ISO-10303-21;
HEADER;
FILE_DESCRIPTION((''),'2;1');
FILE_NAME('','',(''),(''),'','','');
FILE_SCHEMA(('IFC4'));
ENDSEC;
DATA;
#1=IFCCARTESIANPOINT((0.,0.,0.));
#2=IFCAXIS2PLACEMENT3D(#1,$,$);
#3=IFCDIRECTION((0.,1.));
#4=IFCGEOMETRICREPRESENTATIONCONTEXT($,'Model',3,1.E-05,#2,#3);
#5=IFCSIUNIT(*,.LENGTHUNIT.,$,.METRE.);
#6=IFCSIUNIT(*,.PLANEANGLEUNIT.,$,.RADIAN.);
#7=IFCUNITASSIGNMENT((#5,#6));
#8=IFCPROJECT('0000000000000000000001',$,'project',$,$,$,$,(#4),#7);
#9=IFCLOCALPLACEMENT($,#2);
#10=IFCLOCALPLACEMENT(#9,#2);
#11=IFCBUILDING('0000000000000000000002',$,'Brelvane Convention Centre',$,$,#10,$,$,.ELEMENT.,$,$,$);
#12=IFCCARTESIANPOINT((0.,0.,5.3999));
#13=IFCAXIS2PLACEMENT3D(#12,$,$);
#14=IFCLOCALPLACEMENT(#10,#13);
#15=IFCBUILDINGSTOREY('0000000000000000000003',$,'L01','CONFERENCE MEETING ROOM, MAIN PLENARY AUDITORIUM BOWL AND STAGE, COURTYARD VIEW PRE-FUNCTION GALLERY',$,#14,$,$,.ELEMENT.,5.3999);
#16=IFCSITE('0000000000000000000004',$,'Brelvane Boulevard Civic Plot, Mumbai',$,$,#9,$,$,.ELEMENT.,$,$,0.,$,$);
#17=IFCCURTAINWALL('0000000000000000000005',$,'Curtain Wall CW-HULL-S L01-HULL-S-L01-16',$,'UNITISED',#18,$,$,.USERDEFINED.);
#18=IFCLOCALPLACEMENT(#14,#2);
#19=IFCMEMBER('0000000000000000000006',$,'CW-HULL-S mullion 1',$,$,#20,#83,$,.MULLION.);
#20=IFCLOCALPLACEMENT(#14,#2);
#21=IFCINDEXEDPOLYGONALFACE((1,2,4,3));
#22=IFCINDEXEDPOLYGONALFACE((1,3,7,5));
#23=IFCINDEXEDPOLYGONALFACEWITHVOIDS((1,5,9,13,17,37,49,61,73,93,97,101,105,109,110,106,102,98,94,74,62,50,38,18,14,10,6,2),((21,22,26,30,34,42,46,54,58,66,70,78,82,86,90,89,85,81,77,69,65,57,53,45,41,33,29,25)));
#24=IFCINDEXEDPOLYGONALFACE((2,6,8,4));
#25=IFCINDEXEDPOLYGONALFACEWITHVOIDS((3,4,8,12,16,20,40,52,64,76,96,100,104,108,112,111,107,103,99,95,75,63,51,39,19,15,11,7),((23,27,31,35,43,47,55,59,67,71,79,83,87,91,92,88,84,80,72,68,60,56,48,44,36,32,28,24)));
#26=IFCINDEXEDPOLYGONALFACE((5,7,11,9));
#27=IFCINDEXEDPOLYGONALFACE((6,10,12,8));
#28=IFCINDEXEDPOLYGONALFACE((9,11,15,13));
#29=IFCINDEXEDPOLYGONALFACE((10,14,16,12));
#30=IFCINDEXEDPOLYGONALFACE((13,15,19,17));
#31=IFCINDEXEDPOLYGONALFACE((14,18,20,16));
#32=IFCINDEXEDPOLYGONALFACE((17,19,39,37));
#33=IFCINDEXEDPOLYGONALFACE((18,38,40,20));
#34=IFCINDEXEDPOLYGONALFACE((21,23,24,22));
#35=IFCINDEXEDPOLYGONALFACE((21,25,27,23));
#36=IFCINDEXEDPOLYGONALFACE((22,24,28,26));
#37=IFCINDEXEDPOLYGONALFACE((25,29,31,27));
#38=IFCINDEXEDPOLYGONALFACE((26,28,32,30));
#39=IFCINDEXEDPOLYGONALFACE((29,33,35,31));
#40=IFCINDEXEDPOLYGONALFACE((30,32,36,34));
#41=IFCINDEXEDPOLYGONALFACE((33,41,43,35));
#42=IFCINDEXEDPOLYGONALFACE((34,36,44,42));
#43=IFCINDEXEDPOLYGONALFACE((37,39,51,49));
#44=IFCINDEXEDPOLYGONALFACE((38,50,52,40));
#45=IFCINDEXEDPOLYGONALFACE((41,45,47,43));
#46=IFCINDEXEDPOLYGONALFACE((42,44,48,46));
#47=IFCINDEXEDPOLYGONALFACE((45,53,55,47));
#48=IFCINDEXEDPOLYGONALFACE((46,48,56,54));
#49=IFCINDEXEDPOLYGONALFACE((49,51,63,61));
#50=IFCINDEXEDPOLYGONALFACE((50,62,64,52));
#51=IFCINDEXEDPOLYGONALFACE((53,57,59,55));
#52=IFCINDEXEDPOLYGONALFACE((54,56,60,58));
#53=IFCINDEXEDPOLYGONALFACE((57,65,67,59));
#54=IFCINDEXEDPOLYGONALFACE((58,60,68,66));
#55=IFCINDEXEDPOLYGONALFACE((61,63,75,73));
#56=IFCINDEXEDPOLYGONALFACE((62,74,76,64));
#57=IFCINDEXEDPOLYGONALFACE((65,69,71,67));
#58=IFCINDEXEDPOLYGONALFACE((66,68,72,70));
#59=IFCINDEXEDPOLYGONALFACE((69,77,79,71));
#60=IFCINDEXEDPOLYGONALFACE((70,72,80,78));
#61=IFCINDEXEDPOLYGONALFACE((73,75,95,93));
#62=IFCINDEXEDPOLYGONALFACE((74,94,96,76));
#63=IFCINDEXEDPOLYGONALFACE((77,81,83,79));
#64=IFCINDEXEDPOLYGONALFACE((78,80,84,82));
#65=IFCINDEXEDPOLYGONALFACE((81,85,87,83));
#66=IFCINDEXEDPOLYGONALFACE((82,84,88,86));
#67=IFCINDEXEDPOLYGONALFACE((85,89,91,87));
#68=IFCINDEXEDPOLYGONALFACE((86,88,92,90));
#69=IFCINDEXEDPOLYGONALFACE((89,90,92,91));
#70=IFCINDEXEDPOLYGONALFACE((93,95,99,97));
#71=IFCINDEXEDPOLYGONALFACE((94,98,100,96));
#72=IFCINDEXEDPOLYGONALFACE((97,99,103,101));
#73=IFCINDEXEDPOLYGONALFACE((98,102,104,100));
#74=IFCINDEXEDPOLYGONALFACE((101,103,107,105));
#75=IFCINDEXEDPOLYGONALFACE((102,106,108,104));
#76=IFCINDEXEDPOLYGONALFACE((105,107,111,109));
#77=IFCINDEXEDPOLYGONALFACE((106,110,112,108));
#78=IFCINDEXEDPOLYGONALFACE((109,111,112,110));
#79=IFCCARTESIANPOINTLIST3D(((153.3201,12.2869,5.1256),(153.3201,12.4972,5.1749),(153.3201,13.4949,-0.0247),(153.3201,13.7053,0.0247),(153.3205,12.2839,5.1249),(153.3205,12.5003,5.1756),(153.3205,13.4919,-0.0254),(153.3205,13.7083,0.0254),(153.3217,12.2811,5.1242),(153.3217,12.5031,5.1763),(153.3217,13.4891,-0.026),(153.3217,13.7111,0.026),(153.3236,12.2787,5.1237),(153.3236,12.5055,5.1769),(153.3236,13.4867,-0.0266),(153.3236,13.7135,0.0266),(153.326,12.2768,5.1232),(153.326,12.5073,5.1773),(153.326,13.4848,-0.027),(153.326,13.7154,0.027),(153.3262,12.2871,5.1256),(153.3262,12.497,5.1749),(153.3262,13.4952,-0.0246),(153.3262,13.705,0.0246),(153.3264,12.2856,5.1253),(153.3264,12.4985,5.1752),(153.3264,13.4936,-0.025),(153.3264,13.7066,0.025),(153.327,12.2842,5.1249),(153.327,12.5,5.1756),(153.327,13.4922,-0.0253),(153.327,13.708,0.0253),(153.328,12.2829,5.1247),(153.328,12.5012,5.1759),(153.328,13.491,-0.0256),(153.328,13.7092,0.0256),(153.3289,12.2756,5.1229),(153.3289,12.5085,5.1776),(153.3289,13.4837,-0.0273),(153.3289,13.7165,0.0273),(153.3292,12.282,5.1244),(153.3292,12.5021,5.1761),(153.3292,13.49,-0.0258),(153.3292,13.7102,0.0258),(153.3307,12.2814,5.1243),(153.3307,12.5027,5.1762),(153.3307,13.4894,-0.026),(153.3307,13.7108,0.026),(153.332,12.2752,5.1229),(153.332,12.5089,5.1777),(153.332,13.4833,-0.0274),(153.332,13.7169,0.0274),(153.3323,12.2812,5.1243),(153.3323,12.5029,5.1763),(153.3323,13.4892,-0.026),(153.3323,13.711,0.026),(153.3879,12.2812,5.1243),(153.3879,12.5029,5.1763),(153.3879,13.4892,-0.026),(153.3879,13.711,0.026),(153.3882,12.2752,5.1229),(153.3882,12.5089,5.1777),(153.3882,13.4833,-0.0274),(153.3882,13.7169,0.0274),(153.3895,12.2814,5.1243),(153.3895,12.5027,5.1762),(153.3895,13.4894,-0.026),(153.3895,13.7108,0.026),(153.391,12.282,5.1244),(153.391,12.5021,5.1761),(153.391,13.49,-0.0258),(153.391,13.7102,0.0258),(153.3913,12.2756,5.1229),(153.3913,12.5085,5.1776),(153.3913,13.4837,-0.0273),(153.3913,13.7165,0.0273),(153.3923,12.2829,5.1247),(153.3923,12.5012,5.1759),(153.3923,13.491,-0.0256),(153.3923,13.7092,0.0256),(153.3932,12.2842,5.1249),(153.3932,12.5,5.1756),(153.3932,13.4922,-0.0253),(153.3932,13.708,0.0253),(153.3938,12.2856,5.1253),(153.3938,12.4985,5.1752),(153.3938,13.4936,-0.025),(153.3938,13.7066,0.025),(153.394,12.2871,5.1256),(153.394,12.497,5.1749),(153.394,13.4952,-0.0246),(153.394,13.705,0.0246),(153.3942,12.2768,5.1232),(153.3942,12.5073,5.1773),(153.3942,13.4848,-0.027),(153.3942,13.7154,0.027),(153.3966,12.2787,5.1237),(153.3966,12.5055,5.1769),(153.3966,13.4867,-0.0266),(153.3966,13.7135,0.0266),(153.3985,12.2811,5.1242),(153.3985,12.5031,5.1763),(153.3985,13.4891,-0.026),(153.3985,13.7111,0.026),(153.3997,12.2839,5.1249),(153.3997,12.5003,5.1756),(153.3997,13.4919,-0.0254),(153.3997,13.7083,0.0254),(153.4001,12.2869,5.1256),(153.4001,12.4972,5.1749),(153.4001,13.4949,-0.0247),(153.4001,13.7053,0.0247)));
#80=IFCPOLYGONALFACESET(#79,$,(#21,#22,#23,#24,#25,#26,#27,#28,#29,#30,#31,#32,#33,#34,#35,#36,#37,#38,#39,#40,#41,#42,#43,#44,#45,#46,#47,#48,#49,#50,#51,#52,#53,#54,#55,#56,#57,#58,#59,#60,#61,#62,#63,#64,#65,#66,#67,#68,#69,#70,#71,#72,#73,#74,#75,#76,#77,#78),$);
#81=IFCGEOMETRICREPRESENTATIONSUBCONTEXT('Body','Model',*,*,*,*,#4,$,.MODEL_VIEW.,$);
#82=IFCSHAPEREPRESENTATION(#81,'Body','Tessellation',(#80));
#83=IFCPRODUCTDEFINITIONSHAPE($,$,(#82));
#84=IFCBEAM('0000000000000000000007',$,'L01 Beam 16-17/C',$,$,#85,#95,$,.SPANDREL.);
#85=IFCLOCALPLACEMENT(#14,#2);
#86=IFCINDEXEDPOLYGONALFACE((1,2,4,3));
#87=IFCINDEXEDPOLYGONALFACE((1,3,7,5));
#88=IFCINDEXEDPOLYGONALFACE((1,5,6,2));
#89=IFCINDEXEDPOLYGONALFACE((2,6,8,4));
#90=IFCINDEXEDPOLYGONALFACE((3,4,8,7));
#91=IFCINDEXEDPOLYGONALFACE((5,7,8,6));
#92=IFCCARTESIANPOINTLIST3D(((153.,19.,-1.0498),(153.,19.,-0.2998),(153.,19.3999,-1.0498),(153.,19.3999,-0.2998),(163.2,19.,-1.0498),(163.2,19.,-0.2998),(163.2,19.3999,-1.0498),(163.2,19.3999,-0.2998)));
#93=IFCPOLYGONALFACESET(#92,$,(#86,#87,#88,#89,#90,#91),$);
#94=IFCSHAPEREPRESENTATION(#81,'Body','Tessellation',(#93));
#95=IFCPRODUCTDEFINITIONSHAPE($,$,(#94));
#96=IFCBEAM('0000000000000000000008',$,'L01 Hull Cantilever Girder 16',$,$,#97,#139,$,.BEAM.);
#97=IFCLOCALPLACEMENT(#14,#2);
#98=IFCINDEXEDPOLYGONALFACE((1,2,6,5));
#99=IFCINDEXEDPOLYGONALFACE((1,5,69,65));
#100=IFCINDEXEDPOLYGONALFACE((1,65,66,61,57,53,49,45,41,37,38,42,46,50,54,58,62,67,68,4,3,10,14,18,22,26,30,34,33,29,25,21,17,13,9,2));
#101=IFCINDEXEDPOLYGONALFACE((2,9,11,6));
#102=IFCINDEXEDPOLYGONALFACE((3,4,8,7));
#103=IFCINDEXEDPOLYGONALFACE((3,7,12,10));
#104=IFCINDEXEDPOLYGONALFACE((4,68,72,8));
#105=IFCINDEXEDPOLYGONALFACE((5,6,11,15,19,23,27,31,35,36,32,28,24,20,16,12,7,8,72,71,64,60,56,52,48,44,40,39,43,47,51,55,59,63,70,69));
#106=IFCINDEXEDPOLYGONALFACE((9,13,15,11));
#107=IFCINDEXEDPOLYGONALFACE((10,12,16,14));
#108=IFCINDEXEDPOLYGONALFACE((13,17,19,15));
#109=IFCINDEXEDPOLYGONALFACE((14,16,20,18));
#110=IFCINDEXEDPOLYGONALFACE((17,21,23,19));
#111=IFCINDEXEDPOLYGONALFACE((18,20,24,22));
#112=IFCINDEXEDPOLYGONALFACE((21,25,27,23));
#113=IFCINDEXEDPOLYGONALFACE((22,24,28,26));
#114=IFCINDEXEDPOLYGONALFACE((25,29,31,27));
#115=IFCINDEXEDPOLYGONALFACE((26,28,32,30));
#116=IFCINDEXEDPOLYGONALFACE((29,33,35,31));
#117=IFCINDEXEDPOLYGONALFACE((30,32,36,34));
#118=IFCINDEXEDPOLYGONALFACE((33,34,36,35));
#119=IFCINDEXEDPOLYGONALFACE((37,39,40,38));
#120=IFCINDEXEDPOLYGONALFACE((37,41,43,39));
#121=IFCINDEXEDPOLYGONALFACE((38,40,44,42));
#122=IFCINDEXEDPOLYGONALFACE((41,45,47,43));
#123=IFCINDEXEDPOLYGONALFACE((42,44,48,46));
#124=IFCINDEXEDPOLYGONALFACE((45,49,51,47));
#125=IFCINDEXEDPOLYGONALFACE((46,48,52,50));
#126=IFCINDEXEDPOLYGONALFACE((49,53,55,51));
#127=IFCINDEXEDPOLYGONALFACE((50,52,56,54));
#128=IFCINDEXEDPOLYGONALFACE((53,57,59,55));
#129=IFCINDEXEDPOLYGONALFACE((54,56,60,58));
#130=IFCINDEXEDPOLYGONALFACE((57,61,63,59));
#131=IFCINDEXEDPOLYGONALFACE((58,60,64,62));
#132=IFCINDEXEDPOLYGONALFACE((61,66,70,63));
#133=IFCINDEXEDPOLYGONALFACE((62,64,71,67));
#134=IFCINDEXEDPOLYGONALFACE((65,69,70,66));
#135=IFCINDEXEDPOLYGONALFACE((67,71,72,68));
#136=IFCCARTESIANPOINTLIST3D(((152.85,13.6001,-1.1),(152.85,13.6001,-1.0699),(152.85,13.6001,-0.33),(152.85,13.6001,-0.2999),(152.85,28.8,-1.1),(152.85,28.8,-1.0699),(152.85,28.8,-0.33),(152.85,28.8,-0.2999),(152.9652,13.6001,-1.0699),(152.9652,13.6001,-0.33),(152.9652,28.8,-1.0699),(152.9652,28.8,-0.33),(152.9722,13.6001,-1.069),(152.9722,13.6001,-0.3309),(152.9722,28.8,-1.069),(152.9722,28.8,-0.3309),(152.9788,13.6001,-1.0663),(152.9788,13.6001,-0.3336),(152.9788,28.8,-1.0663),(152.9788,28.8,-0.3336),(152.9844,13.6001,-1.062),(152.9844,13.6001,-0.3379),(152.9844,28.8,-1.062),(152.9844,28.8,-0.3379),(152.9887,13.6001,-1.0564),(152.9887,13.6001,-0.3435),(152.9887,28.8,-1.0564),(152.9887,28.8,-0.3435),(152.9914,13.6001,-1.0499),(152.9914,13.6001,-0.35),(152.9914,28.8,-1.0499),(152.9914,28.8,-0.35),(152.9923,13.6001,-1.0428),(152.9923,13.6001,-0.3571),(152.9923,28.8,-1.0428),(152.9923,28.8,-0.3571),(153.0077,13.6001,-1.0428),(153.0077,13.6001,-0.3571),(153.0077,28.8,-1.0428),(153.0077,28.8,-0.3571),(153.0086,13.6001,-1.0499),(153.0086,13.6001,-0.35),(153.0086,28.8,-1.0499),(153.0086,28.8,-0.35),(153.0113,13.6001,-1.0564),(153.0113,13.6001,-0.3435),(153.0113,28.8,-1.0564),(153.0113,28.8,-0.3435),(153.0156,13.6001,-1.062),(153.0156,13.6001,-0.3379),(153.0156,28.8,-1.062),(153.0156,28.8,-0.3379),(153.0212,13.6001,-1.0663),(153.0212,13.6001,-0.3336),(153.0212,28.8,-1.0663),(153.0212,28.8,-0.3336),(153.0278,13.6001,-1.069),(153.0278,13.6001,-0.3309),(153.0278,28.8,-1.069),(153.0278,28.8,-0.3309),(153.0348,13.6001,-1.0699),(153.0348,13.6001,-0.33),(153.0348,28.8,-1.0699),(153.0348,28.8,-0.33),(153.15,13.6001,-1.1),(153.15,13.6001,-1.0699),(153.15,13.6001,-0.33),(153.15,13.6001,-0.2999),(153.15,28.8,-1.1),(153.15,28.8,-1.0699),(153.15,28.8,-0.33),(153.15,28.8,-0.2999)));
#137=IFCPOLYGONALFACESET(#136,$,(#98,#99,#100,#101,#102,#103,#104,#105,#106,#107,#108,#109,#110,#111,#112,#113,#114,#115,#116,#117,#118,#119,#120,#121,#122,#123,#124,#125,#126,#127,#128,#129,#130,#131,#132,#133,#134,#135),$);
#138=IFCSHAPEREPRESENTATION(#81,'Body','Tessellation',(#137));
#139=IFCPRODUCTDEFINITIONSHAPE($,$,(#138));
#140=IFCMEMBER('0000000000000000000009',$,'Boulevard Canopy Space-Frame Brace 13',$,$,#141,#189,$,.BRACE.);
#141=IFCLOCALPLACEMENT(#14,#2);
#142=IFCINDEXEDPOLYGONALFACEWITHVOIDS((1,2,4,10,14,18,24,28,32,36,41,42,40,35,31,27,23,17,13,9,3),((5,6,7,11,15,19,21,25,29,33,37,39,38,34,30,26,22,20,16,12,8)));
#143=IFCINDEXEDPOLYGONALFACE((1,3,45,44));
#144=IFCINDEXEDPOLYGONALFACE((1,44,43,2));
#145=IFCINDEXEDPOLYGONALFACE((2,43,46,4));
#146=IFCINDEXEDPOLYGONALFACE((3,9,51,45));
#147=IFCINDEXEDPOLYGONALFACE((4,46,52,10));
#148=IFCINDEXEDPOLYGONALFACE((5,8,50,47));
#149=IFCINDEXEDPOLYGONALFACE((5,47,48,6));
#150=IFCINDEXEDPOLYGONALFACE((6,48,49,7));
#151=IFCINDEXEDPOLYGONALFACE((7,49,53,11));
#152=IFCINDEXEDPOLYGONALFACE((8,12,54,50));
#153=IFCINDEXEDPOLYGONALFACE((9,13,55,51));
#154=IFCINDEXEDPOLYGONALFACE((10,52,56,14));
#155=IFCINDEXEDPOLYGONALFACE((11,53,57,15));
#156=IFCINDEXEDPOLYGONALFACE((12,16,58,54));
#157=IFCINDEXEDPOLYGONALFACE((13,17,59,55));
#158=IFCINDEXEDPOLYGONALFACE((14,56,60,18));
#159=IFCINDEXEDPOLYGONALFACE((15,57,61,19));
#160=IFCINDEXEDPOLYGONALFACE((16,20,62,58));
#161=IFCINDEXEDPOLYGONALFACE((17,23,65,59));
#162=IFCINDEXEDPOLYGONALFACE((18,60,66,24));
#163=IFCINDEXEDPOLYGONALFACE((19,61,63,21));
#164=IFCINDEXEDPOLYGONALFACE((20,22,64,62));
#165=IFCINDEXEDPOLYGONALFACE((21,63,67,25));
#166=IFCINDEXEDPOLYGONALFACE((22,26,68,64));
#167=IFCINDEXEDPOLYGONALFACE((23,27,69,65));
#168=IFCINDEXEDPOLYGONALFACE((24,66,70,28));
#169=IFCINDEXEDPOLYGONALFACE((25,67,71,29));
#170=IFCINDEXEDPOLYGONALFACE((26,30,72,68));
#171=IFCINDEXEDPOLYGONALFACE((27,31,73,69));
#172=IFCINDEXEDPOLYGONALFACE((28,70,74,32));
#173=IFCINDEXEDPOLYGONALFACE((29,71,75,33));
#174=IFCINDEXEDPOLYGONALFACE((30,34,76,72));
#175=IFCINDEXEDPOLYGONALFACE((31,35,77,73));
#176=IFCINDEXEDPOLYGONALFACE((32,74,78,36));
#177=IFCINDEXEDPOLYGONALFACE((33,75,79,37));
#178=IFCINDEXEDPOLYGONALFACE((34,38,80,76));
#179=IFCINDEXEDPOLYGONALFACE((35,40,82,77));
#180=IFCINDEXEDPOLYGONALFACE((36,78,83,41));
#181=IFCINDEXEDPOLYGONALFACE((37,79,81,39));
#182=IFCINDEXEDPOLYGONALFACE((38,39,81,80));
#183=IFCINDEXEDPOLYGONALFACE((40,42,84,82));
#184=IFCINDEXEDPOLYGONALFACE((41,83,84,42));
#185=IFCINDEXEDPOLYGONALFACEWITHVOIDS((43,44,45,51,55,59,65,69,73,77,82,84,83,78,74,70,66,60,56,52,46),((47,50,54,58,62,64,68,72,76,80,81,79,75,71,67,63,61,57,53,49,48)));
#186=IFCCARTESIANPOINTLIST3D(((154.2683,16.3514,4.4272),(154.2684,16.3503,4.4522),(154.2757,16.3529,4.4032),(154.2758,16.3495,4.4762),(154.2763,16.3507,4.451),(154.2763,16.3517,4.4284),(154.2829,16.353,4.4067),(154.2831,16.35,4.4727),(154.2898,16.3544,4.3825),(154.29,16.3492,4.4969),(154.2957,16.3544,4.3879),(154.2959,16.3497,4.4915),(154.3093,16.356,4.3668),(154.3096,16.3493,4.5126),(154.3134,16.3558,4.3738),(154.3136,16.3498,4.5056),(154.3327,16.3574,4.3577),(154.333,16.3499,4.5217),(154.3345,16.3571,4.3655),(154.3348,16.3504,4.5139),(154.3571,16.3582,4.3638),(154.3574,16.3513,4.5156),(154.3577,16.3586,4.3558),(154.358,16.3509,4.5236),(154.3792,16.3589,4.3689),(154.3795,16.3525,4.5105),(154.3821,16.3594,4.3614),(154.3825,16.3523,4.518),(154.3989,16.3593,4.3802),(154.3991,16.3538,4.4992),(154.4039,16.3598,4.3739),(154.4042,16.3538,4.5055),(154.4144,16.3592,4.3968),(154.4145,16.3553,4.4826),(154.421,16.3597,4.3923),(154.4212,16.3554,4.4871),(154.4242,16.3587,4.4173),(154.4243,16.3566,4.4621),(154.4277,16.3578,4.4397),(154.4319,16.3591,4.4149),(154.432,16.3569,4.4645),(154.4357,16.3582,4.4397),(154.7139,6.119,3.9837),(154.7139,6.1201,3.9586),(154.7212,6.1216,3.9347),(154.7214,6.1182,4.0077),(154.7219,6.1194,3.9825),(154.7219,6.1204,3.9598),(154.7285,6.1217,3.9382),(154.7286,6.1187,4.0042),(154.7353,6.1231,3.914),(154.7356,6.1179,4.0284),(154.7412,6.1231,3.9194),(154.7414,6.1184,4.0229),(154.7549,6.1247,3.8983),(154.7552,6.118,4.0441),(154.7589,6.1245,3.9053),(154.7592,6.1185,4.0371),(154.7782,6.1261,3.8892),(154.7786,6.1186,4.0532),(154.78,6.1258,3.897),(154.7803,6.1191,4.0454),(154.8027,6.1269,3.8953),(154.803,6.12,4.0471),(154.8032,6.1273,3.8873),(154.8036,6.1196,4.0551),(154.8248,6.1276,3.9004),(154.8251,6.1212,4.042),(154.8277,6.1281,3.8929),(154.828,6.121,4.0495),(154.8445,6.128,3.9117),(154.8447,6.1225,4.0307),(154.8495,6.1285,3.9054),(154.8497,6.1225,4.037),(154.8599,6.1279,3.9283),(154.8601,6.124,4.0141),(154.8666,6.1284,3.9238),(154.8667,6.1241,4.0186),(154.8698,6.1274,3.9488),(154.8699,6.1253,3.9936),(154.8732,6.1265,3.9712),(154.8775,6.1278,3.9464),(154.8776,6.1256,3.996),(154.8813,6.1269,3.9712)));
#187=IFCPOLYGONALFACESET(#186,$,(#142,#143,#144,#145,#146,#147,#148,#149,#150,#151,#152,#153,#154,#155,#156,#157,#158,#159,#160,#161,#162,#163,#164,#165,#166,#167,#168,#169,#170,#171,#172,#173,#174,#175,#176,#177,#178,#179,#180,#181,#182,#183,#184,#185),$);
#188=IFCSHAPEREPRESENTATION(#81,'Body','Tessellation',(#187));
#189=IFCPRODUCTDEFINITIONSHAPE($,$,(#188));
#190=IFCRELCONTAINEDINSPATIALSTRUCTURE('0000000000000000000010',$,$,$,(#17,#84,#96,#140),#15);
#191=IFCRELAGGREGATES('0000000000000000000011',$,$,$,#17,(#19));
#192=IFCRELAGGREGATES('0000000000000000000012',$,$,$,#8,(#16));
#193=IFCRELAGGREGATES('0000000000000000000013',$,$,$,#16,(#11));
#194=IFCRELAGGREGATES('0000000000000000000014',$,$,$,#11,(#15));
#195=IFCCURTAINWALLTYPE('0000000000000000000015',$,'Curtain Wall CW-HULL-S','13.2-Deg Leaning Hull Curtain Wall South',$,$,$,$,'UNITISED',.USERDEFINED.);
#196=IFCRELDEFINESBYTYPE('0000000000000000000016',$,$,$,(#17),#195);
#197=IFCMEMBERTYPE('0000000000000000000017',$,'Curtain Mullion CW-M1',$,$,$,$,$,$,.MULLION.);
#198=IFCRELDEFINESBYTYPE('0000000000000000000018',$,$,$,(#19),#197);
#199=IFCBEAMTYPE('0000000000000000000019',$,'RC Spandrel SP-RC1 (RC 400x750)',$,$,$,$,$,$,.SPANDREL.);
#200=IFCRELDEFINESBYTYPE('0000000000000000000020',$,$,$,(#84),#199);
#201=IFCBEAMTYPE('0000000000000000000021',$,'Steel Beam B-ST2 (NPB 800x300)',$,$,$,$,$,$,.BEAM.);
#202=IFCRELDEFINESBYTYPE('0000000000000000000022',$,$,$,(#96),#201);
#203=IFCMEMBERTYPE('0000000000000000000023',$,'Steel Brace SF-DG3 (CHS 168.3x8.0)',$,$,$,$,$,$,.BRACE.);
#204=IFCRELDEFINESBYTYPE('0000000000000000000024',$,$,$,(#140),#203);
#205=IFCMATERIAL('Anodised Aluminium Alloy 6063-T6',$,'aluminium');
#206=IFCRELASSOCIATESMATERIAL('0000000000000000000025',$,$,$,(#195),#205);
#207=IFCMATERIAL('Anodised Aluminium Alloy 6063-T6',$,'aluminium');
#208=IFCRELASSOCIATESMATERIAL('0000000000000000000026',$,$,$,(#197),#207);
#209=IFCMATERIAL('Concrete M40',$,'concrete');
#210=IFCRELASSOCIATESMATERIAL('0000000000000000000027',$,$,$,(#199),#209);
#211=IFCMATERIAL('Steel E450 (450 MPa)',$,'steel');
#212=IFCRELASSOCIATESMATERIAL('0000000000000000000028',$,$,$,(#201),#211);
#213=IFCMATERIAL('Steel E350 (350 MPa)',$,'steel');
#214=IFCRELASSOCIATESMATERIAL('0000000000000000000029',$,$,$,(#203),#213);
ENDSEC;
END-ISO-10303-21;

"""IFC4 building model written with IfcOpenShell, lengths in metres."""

from ifc_helpers import new_model, si_unit, direction, frame, origin, origin_2d, place, context, subcontext, project, spatial, rectangle, hollow_rectangle, hollow_circle, i_section, extrude, material, material_profile, profile_set, type_object, element, aggregate, save


model = new_model("IFC4")

# Units and contexts
model_context = context("Model", 3, precision=1e-05, world=origin(), true_north=direction((0.0, 1.0)))
body_context = subcontext(model_context, "Body", "Model", "MODEL_VIEW")
ifc_project = project(units=[si_unit("LENGTHUNIT", "METRE"), si_unit("PLANEANGLEUNIT", "RADIAN")], contexts=[model_context])

# Site, building, storey
site_placement = place(None, origin())
site = spatial("IfcSite", under=ifc_project, at=site_placement, Name="Brelvane Boulevard Civic Plot, Mumbai", CompositionType="ELEMENT", RefElevation=0.0)
building_placement = place(site_placement, origin())
building = spatial("IfcBuilding", under=site, at=building_placement, Name="Brelvane Convention Centre", CompositionType="ELEMENT")
storey_placement = place(building_placement, frame((0.0, 0.0, 5.3999)))
storey = spatial("IfcBuildingStorey", under=building, at=storey_placement, Name="L01", Description="CONFERENCE MEETING ROOM, MAIN PLENARY AUDITORIUM BOWL AND STAGE, COURTYARD VIEW PRE-FUNCTION GALLERY", CompositionType="ELEMENT", Elevation=5.3999)

# Shared definitions
ifc_material_1 = material(Name="Anodised Aluminium Alloy 6063-T6", Category="aluminium")
curtain_wall_type = type_object("IfcCurtainWallType", Name="Curtain Wall CW-HULL-S", Description="13.2-Deg Leaning Hull Curtain Wall South", ElementType="UNITISED", PredefinedType="USERDEFINED", material=ifc_material_1)
ifc_material_2 = material(Name="Anodised Aluminium Alloy 6063-T6", Category="aluminium")
ifc_material_profile_1 = material_profile(ifc_material_2, hollow_rectangle(XDim=0.0801, YDim=0.24, WallThickness=0.0061, InnerFilletRadius=0.0061, OuterFilletRadius=0.012, at=origin_2d()), Name="ALU-M 240x80x6.0")
ifc_profile_set_1 = profile_set([ifc_material_profile_1], Name="Anodised Aluminium Alloy 6063-T6")
member_type_1 = type_object("IfcMemberType", Name="Curtain Mullion CW-M1", PredefinedType="MULLION", material=ifc_profile_set_1)

# Curtain wall, member
curtain_wall_1_placement = place(storey_placement, origin())
curtain_wall_1 = element("IfcCurtainWall", 1, at=curtain_wall_1_placement, inside=storey, type_object=curtain_wall_type, Name="Curtain Wall CW-HULL-S L01-HULL-S-L01-16", ObjectType="UNITISED", PredefinedType="USERDEFINED")
member_1_placement = place(storey_placement, frame((153.3601, 13.6001, 0.0), z_axis=(0.0, -0.22836, 0.973577), x_axis=(1.0, 0.0, 0.0)))
member_1 = element("IfcMember", 2, at=member_1_placement, type_object=member_type_1, Name="CW-HULL-S mullion 1", PredefinedType="MULLION", context=body_context, shape_type="SweptSolid", body=[
    extrude(hollow_rectangle(XDim=0.0801, YDim=0.24, WallThickness=0.0061, InnerFilletRadius=0.0061, OuterFilletRadius=0.012, at=origin_2d()), origin(), (0.0, 0.0, 1.0), 5.29),
])
aggregate(curtain_wall_1, [member_1])

# Beams
ifc_material_3 = material(Name="Concrete M40", Category="concrete")
ifc_material_profile_2 = material_profile(ifc_material_3, rectangle(XDim=0.3999, YDim=0.75, at=origin_2d()), Name="RC 400x750")
ifc_profile_set_2 = profile_set([ifc_material_profile_2], Name="Concrete M40")
beam_type_1 = type_object("IfcBeamType", Name="RC Spandrel SP-RC1 (RC 400x750)", PredefinedType="SPANDREL", material=ifc_profile_set_2)
beam_1_placement = place(storey_placement, frame((153.0, 19.2, -0.6748), z_axis=(1.0, 0.0, 0.0), x_axis=(0.0, 1.0, 0.0)))
element("IfcBeam", 3, at=beam_1_placement, inside=storey, type_object=beam_type_1, Name="L01 Beam 16-17/C", PredefinedType="SPANDREL", context=body_context, shape_type="SweptSolid", body=[
    extrude(rectangle(XDim=0.3999, YDim=0.75, at=origin_2d()), origin(), (0.0, 0.0, 1.0), 10.2),
])
ifc_material_4 = material(Name="Steel E450 (450 MPa)", Category="steel")
ifc_material_profile_3 = material_profile(ifc_material_4, i_section(OverallWidth=0.3, OverallDepth=0.8, WebThickness=0.0154, FlangeThickness=0.03, FilletRadius=0.0271, at=origin_2d()), Name="NPB 800x300")
ifc_profile_set_3 = profile_set([ifc_material_profile_3], Name="Steel E450 (450 MPa)")
beam_type_2 = type_object("IfcBeamType", Name="Steel Beam B-ST2 (NPB 800x300)", PredefinedType="BEAM", material=ifc_profile_set_3)
beam_2_placement = place(storey_placement, frame((153.0, 13.6001, -0.7), z_axis=(0.0, 1.0, 0.0), x_axis=(-1.0, 0.0, 0.0)))
element("IfcBeam", 4, at=beam_2_placement, inside=storey, type_object=beam_type_2, Name="L01 Hull Cantilever Girder 16", PredefinedType="BEAM", context=body_context, shape_type="SweptSolid", body=[
    extrude(i_section(OverallWidth=0.3, OverallDepth=0.8, WebThickness=0.0154, FlangeThickness=0.03, FilletRadius=0.0271, at=origin_2d()), origin(), (0.0, 0.0, 1.0), 15.2),
])

# Member
ifc_material_5 = material(Name="Steel E350 (350 MPa)", Category="steel")
ifc_material_profile_4 = material_profile(ifc_material_5, hollow_circle(Radius=0.0842, WallThickness=0.0081, at=origin_2d()), Name="CHS 168.3x8.0")
ifc_profile_set_4 = profile_set([ifc_material_profile_4], Name="Steel E350 (350 MPa)")
member_type_2 = type_object("IfcMemberType", Name="Steel Brace SF-DG3 (CHS 168.3x8.0)", PredefinedType="BRACE", material=ifc_profile_set_4)
member_2_placement = place(storey_placement, frame((154.3516, 16.3545, 4.4397), z_axis=(0.043462, -0.998009, -0.045701), x_axis=(0.999053, 0.043508, 0.0)))
element("IfcMember", 5, at=member_2_placement, inside=storey, type_object=member_type_2, Name="Boulevard Canopy Space-Frame Brace 13", PredefinedType="BRACE", context=body_context, shape_type="SweptSolid", body=[
    extrude(hollow_circle(Radius=0.0842, WallThickness=0.0081, at=origin_2d()), origin(), (0.0, 0.0, 1.0), 10.2517),
])

save(model, "model.ifc")
